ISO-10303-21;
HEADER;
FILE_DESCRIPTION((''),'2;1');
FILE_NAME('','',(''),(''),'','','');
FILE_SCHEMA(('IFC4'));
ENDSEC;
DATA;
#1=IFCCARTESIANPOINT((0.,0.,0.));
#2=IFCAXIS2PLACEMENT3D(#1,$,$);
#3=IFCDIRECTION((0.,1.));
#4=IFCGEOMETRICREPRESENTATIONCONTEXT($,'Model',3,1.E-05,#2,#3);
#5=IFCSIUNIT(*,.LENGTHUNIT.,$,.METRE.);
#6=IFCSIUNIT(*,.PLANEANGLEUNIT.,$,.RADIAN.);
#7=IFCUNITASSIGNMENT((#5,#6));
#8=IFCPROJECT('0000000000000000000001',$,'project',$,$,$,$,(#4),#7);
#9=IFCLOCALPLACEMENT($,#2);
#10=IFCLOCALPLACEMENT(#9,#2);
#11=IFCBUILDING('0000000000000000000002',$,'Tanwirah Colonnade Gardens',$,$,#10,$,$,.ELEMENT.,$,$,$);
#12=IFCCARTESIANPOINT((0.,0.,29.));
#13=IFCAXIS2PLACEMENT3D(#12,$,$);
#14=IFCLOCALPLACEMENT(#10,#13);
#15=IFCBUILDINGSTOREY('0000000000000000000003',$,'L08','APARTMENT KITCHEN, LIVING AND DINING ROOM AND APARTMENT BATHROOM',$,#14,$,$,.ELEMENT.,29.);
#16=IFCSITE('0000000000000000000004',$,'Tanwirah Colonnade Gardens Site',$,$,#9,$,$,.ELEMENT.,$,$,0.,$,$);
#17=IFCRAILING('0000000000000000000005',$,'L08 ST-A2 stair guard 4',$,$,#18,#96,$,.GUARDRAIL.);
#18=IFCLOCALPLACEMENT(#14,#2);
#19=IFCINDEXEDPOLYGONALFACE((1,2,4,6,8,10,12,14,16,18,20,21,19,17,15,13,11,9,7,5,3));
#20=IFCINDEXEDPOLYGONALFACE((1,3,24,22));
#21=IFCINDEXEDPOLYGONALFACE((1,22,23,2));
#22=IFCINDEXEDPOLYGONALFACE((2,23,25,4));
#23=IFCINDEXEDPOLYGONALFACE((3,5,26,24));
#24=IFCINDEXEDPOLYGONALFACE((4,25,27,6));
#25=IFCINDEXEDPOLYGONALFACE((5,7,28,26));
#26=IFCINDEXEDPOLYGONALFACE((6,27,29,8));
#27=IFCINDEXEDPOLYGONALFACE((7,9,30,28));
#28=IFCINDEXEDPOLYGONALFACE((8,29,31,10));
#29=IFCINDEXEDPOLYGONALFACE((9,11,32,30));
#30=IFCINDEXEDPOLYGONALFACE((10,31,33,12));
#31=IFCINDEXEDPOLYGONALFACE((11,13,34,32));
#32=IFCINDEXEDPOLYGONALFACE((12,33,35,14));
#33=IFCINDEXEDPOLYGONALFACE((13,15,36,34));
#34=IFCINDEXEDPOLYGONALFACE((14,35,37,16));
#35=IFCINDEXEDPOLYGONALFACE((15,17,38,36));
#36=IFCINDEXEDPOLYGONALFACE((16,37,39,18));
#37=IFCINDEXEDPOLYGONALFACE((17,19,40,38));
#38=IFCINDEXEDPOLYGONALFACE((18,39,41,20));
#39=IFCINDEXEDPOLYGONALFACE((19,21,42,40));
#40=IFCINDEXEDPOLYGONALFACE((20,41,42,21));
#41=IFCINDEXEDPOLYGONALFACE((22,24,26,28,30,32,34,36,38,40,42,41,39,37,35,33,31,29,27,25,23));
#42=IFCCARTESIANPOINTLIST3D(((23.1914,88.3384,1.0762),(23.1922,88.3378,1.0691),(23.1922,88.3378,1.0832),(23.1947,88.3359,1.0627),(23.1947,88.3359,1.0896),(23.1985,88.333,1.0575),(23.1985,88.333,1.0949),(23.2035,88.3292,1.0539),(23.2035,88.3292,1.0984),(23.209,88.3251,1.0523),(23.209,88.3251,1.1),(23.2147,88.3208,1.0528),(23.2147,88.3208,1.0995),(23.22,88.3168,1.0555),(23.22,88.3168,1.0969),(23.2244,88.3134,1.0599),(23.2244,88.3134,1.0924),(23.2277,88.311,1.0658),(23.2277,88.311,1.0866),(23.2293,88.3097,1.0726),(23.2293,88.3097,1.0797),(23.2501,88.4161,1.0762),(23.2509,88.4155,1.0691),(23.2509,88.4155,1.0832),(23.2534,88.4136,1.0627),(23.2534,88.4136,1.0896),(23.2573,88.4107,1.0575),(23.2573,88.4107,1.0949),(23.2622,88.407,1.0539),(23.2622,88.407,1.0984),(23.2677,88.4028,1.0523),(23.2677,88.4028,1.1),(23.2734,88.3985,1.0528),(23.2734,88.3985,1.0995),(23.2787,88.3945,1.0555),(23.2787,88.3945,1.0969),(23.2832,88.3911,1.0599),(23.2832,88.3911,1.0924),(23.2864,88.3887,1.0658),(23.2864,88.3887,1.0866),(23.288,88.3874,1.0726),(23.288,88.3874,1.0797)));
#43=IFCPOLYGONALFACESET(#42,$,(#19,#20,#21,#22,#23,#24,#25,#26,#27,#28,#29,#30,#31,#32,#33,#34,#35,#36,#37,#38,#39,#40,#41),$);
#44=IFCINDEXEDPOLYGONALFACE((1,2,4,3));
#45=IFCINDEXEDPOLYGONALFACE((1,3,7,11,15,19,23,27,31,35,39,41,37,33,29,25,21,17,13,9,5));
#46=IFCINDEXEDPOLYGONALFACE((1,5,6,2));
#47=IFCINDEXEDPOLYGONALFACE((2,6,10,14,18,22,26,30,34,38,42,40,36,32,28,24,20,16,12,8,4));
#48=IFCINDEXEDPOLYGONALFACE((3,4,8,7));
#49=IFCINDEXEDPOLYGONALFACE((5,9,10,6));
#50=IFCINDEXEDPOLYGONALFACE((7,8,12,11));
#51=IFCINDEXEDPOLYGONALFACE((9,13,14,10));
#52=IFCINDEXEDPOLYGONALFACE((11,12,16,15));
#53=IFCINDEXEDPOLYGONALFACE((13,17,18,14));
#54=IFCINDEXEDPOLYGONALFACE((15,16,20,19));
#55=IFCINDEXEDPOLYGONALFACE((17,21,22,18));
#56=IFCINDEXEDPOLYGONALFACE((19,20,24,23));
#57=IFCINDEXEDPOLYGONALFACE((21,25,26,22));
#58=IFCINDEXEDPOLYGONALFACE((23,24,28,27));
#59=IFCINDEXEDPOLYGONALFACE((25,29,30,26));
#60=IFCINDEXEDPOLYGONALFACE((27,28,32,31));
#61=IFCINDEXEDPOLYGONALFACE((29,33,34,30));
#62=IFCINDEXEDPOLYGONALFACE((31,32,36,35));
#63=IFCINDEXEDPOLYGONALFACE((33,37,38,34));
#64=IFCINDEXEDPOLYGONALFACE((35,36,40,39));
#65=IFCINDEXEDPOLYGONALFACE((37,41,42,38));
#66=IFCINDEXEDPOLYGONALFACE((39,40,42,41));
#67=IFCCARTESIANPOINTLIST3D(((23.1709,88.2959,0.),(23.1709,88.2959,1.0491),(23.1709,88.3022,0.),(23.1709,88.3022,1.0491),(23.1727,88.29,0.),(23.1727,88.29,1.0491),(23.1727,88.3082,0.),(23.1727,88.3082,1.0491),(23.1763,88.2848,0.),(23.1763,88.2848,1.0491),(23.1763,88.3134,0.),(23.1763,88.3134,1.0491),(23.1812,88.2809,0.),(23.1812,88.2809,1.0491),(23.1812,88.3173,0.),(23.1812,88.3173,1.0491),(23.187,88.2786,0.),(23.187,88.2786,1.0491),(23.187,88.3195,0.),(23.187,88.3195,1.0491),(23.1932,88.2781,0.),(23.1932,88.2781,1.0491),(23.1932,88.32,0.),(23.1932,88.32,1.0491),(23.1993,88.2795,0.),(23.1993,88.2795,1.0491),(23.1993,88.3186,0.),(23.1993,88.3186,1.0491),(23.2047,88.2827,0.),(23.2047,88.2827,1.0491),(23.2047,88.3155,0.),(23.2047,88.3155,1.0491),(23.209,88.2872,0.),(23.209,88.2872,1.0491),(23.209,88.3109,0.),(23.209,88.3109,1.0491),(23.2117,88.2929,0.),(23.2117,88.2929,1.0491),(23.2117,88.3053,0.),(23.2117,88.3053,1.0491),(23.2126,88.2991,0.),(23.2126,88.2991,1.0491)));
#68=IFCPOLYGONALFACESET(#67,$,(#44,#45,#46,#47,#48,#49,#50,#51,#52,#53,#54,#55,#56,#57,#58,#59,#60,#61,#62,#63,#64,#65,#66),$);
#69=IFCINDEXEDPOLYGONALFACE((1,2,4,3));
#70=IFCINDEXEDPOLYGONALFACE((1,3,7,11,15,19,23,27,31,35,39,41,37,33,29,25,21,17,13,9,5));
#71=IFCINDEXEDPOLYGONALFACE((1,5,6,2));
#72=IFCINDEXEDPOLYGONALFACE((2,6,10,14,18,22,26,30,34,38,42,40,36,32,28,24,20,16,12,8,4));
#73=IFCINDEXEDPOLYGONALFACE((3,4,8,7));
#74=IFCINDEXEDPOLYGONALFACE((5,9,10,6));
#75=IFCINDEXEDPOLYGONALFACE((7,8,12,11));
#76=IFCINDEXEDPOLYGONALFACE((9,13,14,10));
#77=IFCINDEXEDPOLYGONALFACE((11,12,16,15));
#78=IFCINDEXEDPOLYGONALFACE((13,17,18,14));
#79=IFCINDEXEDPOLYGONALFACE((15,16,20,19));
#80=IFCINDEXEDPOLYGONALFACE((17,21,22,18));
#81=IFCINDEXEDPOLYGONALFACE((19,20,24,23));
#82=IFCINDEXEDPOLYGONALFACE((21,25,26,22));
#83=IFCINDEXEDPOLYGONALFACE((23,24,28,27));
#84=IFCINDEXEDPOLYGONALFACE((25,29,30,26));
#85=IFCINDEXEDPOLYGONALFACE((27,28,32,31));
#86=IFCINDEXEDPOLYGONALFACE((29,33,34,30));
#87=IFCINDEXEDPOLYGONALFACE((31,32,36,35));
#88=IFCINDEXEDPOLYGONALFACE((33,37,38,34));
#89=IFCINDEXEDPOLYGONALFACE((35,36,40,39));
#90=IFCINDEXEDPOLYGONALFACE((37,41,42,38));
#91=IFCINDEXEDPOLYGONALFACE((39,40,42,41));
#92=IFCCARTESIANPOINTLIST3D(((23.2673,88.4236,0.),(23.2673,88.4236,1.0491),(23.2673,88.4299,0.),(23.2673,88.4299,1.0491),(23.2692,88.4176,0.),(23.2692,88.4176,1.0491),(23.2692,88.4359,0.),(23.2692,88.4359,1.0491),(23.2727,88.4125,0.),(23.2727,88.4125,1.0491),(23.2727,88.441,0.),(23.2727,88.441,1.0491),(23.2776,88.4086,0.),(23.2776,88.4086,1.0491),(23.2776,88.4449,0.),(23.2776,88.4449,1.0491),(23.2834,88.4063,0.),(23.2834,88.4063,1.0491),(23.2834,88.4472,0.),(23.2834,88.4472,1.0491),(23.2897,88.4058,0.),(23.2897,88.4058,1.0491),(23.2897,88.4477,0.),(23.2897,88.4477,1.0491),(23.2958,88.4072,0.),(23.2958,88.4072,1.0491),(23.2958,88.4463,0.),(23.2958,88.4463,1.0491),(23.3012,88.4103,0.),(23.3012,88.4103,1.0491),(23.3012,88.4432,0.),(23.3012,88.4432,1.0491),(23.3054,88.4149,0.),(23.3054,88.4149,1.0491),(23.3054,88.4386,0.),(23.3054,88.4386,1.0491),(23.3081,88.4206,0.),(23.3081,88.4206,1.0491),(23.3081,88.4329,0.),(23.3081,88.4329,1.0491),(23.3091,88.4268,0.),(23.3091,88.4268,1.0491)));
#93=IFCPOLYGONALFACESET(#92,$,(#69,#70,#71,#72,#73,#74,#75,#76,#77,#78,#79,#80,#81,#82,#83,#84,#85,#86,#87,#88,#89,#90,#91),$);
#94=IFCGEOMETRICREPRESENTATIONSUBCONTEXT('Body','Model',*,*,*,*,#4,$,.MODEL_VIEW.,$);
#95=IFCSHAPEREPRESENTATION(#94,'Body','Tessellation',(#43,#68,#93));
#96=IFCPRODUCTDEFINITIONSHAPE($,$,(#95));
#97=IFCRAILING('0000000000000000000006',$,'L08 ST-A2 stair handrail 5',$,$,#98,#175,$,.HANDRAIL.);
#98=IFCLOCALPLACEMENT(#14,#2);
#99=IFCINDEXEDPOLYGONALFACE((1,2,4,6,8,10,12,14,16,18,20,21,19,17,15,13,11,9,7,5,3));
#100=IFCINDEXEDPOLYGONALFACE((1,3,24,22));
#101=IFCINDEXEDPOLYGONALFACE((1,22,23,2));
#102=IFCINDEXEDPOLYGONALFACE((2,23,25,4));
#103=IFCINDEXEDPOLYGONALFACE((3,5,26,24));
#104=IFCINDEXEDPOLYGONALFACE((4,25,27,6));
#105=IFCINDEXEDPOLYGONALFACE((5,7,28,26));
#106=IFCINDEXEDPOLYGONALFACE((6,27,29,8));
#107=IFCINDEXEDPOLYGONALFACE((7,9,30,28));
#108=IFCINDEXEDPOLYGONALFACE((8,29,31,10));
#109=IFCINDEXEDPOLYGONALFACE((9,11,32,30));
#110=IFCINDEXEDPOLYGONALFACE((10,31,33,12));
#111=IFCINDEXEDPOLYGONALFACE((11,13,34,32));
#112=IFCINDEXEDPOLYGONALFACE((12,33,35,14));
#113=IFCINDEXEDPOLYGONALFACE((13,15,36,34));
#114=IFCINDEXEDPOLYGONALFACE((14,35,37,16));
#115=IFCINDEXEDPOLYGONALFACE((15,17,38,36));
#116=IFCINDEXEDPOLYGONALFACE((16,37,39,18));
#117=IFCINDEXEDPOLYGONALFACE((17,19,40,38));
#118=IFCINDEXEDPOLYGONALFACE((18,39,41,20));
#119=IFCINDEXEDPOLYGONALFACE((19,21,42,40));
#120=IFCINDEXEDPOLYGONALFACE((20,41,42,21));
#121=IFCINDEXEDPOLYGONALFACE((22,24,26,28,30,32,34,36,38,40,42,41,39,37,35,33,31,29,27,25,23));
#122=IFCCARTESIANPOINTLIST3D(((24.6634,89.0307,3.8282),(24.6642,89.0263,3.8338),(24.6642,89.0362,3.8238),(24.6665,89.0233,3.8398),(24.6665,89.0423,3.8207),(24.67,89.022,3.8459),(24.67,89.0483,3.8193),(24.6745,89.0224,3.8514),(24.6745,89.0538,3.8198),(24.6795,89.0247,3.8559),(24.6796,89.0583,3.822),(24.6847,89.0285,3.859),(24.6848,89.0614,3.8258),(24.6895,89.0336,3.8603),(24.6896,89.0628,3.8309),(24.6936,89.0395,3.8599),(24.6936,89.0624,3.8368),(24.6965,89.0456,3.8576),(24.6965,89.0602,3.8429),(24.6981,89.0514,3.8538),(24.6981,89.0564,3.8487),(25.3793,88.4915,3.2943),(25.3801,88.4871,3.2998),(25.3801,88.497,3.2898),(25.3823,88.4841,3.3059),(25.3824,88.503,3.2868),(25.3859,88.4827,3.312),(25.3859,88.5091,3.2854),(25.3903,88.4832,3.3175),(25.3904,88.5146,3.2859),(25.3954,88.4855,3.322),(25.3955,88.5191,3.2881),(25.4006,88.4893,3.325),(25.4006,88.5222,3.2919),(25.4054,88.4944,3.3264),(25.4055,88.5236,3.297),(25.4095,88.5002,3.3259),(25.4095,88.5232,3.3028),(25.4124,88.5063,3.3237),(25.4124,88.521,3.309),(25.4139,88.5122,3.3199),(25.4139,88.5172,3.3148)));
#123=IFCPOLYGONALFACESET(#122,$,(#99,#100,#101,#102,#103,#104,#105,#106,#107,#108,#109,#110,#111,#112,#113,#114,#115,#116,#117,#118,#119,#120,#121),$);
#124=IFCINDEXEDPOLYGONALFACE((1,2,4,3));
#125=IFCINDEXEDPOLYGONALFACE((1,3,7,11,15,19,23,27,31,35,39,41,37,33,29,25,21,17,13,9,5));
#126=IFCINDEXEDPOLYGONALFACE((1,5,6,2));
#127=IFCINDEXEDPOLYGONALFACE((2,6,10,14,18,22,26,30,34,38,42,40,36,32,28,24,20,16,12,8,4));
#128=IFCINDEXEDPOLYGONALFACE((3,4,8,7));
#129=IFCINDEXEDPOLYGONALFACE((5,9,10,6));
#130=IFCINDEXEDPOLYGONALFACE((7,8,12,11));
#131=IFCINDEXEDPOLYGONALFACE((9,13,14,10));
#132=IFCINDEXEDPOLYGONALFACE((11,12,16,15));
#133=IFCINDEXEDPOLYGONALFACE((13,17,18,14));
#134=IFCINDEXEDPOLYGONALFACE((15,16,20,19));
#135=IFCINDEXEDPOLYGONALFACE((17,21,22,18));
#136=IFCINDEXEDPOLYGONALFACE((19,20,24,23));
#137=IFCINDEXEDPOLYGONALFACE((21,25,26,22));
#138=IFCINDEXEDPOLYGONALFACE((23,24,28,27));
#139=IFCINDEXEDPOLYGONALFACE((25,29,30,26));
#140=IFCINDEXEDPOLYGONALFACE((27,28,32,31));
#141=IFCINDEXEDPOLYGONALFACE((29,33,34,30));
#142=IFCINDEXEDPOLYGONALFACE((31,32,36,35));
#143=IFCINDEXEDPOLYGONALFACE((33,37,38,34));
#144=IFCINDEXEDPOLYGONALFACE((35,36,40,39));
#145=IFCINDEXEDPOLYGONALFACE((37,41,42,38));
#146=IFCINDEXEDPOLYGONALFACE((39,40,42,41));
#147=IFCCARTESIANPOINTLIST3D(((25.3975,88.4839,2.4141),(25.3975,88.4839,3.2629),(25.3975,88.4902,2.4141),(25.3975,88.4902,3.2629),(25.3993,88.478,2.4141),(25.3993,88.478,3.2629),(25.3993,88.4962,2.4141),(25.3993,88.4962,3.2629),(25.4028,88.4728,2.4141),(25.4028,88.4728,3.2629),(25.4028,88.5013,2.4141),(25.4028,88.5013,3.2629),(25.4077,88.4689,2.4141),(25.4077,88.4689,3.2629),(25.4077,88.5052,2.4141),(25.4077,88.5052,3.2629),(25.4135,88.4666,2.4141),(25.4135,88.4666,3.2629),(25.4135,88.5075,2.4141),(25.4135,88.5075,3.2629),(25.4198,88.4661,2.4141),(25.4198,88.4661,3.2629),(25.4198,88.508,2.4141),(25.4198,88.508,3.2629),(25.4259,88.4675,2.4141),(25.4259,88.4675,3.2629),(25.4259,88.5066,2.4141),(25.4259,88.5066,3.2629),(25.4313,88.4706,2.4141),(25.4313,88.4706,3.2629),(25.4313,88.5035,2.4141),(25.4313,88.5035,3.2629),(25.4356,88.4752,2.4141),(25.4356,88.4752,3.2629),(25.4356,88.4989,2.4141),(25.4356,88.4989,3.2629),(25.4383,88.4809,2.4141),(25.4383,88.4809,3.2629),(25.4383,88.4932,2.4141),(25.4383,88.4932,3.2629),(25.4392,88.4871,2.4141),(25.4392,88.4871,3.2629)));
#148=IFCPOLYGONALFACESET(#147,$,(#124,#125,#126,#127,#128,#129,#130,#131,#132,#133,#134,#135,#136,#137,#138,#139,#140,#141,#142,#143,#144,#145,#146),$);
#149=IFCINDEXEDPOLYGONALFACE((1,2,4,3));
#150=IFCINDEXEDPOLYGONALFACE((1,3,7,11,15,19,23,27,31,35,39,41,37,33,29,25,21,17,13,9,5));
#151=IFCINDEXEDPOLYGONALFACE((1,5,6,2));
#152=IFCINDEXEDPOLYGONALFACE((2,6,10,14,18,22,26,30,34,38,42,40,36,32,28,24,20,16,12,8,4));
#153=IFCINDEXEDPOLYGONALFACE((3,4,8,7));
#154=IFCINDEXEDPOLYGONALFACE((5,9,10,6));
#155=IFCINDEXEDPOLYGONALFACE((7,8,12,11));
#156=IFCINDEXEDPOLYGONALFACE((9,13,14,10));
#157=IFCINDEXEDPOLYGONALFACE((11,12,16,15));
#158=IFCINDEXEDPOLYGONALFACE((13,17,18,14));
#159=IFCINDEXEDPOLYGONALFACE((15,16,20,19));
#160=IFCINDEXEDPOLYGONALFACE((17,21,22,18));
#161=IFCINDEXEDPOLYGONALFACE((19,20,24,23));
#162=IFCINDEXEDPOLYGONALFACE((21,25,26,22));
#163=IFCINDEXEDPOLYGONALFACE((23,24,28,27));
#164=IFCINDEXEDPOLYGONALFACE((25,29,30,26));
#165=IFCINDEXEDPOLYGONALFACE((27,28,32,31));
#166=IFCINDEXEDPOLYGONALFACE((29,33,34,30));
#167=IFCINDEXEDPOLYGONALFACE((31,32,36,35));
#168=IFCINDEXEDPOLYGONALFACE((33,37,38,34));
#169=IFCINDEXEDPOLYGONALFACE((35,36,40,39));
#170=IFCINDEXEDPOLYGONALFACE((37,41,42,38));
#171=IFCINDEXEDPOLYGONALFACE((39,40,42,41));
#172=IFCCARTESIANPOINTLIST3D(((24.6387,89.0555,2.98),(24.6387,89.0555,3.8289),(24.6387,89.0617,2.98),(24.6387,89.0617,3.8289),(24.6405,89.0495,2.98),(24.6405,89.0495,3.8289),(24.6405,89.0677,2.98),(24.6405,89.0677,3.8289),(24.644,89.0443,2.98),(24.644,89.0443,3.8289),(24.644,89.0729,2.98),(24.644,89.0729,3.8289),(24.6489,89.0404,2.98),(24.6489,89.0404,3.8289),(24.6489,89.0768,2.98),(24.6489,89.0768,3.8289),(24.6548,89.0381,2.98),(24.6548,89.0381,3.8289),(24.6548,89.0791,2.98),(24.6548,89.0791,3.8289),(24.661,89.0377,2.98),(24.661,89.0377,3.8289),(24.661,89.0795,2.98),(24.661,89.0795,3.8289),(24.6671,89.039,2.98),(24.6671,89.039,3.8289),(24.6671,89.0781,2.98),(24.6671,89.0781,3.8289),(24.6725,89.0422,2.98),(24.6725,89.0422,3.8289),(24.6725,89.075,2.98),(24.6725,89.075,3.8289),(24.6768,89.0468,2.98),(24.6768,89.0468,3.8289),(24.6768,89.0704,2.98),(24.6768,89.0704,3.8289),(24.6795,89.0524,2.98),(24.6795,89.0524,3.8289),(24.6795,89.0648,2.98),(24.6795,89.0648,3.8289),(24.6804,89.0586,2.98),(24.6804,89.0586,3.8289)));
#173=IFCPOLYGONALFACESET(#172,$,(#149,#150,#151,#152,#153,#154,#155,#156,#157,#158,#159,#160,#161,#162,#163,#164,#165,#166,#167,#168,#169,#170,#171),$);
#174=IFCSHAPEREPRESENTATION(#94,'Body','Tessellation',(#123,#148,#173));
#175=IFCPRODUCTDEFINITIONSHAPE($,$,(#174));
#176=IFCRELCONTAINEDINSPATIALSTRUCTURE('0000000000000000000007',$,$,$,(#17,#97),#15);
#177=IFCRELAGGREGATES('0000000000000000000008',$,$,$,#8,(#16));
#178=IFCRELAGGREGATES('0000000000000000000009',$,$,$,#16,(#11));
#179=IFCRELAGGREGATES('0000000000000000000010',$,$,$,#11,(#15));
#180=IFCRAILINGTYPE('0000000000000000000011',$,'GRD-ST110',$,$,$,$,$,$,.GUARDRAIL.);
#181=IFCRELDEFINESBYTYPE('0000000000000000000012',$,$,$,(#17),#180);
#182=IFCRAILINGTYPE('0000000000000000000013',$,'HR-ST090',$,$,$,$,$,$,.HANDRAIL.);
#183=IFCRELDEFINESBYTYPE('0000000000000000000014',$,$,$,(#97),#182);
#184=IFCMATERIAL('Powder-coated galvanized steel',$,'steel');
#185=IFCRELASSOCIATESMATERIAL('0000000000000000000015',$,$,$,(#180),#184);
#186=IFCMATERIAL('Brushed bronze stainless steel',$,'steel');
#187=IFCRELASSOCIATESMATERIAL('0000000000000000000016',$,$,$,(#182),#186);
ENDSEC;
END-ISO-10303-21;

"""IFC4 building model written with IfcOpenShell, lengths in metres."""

from ifc_helpers import new_model, si_unit, direction, frame, origin, origin_2d, place, context, subcontext, project, spatial, circle, extrude, material, type_object, element, save


model = new_model("IFC4")

# Units and contexts
model_context = context("Model", 3, precision=1e-05, world=origin(), true_north=direction((0.0, 1.0)))
body_context = subcontext(model_context, "Body", "Model", "MODEL_VIEW")
ifc_project = project(units=[si_unit("LENGTHUNIT", "METRE"), si_unit("PLANEANGLEUNIT", "RADIAN")], contexts=[model_context])

# Site, building, storey
site_placement = place(None, origin())
site = spatial("IfcSite", under=ifc_project, at=site_placement, Name="Tanwirah Colonnade Gardens Site", CompositionType="ELEMENT", RefElevation=0.0)
building_placement = place(site_placement, origin())
building = spatial("IfcBuilding", under=site, at=building_placement, Name="Tanwirah Colonnade Gardens", CompositionType="ELEMENT")
storey_placement = place(building_placement, frame((0.0, 0.0, 29.0)))
storey = spatial("IfcBuildingStorey", under=building, at=storey_placement, Name="L08", Description="APARTMENT KITCHEN, LIVING AND DINING ROOM AND APARTMENT BATHROOM", CompositionType="ELEMENT", Elevation=29.0)

# Railings
ifc_material_1 = material(Name="Powder-coated galvanized steel", Category="steel")
railing_type_1 = type_object("IfcRailingType", Name="GRD-ST110", PredefinedType="GUARDRAIL", material=ifc_material_1)
railing_1_placement = place(storey_placement, frame((23.1917, 88.2991, 0.0)))
element("IfcRailing", 1, at=railing_1_placement, inside=storey, type_object=railing_type_1, Name="L08 ST-A2 stair guard 4", PredefinedType="GUARDRAIL", context=body_context, shape_type="SweptSolid", body=[
    extrude(circle(Radius=0.0239, at=origin_2d()), frame((0.0188, 0.0249, 1.0762), z_axis=(0.602682, 0.797981, 0.0), x_axis=(-0.797981, 0.602682, 0.0)), (0.0, 0.0, 1.0), 0.0974),
    extrude(circle(Radius=0.021, at=origin_2d()), origin(), (0.0, 0.0, 1.0), 1.0491),
    extrude(circle(Radius=0.021, at=origin_2d()), frame((0.0964, 0.1277, 0.0)), (0.0, 0.0, 1.0), 1.0491),
])
ifc_material_2 = material(Name="Brushed bronze stainless steel", Category="steel")
railing_type_2 = type_object("IfcRailingType", Name="HR-ST090", PredefinedType="HANDRAIL", material=ifc_material_2)
railing_2_placement = place(storey_placement, frame((25.4182, 88.4871, 2.4141)))
element("IfcRailing", 2, at=railing_2_placement, inside=storey, type_object=railing_type_2, Name="L08 ST-A2 stair handrail 5", PredefinedType="HANDRAIL", context=body_context, shape_type="SweptSolid", body=[
    extrude(circle(Radius=0.0239, at=origin_2d()), frame((-0.0215, 0.0161, 0.8918), z_axis=(-0.686224, 0.516876, 0.511797), x_axis=(-0.601644, -0.798765, 0.0)), (0.0, 0.0, 1.0), 1.0432),
    extrude(circle(Radius=0.021, at=origin_2d()), origin(), (0.0, 0.0, 1.0), 0.8489),
    extrude(circle(Radius=0.021, at=origin_2d()), frame((-0.7588, 0.5715, 0.5659)), (0.0, 0.0, 1.0), 0.8489),
])

save(model, "model.ifc")
